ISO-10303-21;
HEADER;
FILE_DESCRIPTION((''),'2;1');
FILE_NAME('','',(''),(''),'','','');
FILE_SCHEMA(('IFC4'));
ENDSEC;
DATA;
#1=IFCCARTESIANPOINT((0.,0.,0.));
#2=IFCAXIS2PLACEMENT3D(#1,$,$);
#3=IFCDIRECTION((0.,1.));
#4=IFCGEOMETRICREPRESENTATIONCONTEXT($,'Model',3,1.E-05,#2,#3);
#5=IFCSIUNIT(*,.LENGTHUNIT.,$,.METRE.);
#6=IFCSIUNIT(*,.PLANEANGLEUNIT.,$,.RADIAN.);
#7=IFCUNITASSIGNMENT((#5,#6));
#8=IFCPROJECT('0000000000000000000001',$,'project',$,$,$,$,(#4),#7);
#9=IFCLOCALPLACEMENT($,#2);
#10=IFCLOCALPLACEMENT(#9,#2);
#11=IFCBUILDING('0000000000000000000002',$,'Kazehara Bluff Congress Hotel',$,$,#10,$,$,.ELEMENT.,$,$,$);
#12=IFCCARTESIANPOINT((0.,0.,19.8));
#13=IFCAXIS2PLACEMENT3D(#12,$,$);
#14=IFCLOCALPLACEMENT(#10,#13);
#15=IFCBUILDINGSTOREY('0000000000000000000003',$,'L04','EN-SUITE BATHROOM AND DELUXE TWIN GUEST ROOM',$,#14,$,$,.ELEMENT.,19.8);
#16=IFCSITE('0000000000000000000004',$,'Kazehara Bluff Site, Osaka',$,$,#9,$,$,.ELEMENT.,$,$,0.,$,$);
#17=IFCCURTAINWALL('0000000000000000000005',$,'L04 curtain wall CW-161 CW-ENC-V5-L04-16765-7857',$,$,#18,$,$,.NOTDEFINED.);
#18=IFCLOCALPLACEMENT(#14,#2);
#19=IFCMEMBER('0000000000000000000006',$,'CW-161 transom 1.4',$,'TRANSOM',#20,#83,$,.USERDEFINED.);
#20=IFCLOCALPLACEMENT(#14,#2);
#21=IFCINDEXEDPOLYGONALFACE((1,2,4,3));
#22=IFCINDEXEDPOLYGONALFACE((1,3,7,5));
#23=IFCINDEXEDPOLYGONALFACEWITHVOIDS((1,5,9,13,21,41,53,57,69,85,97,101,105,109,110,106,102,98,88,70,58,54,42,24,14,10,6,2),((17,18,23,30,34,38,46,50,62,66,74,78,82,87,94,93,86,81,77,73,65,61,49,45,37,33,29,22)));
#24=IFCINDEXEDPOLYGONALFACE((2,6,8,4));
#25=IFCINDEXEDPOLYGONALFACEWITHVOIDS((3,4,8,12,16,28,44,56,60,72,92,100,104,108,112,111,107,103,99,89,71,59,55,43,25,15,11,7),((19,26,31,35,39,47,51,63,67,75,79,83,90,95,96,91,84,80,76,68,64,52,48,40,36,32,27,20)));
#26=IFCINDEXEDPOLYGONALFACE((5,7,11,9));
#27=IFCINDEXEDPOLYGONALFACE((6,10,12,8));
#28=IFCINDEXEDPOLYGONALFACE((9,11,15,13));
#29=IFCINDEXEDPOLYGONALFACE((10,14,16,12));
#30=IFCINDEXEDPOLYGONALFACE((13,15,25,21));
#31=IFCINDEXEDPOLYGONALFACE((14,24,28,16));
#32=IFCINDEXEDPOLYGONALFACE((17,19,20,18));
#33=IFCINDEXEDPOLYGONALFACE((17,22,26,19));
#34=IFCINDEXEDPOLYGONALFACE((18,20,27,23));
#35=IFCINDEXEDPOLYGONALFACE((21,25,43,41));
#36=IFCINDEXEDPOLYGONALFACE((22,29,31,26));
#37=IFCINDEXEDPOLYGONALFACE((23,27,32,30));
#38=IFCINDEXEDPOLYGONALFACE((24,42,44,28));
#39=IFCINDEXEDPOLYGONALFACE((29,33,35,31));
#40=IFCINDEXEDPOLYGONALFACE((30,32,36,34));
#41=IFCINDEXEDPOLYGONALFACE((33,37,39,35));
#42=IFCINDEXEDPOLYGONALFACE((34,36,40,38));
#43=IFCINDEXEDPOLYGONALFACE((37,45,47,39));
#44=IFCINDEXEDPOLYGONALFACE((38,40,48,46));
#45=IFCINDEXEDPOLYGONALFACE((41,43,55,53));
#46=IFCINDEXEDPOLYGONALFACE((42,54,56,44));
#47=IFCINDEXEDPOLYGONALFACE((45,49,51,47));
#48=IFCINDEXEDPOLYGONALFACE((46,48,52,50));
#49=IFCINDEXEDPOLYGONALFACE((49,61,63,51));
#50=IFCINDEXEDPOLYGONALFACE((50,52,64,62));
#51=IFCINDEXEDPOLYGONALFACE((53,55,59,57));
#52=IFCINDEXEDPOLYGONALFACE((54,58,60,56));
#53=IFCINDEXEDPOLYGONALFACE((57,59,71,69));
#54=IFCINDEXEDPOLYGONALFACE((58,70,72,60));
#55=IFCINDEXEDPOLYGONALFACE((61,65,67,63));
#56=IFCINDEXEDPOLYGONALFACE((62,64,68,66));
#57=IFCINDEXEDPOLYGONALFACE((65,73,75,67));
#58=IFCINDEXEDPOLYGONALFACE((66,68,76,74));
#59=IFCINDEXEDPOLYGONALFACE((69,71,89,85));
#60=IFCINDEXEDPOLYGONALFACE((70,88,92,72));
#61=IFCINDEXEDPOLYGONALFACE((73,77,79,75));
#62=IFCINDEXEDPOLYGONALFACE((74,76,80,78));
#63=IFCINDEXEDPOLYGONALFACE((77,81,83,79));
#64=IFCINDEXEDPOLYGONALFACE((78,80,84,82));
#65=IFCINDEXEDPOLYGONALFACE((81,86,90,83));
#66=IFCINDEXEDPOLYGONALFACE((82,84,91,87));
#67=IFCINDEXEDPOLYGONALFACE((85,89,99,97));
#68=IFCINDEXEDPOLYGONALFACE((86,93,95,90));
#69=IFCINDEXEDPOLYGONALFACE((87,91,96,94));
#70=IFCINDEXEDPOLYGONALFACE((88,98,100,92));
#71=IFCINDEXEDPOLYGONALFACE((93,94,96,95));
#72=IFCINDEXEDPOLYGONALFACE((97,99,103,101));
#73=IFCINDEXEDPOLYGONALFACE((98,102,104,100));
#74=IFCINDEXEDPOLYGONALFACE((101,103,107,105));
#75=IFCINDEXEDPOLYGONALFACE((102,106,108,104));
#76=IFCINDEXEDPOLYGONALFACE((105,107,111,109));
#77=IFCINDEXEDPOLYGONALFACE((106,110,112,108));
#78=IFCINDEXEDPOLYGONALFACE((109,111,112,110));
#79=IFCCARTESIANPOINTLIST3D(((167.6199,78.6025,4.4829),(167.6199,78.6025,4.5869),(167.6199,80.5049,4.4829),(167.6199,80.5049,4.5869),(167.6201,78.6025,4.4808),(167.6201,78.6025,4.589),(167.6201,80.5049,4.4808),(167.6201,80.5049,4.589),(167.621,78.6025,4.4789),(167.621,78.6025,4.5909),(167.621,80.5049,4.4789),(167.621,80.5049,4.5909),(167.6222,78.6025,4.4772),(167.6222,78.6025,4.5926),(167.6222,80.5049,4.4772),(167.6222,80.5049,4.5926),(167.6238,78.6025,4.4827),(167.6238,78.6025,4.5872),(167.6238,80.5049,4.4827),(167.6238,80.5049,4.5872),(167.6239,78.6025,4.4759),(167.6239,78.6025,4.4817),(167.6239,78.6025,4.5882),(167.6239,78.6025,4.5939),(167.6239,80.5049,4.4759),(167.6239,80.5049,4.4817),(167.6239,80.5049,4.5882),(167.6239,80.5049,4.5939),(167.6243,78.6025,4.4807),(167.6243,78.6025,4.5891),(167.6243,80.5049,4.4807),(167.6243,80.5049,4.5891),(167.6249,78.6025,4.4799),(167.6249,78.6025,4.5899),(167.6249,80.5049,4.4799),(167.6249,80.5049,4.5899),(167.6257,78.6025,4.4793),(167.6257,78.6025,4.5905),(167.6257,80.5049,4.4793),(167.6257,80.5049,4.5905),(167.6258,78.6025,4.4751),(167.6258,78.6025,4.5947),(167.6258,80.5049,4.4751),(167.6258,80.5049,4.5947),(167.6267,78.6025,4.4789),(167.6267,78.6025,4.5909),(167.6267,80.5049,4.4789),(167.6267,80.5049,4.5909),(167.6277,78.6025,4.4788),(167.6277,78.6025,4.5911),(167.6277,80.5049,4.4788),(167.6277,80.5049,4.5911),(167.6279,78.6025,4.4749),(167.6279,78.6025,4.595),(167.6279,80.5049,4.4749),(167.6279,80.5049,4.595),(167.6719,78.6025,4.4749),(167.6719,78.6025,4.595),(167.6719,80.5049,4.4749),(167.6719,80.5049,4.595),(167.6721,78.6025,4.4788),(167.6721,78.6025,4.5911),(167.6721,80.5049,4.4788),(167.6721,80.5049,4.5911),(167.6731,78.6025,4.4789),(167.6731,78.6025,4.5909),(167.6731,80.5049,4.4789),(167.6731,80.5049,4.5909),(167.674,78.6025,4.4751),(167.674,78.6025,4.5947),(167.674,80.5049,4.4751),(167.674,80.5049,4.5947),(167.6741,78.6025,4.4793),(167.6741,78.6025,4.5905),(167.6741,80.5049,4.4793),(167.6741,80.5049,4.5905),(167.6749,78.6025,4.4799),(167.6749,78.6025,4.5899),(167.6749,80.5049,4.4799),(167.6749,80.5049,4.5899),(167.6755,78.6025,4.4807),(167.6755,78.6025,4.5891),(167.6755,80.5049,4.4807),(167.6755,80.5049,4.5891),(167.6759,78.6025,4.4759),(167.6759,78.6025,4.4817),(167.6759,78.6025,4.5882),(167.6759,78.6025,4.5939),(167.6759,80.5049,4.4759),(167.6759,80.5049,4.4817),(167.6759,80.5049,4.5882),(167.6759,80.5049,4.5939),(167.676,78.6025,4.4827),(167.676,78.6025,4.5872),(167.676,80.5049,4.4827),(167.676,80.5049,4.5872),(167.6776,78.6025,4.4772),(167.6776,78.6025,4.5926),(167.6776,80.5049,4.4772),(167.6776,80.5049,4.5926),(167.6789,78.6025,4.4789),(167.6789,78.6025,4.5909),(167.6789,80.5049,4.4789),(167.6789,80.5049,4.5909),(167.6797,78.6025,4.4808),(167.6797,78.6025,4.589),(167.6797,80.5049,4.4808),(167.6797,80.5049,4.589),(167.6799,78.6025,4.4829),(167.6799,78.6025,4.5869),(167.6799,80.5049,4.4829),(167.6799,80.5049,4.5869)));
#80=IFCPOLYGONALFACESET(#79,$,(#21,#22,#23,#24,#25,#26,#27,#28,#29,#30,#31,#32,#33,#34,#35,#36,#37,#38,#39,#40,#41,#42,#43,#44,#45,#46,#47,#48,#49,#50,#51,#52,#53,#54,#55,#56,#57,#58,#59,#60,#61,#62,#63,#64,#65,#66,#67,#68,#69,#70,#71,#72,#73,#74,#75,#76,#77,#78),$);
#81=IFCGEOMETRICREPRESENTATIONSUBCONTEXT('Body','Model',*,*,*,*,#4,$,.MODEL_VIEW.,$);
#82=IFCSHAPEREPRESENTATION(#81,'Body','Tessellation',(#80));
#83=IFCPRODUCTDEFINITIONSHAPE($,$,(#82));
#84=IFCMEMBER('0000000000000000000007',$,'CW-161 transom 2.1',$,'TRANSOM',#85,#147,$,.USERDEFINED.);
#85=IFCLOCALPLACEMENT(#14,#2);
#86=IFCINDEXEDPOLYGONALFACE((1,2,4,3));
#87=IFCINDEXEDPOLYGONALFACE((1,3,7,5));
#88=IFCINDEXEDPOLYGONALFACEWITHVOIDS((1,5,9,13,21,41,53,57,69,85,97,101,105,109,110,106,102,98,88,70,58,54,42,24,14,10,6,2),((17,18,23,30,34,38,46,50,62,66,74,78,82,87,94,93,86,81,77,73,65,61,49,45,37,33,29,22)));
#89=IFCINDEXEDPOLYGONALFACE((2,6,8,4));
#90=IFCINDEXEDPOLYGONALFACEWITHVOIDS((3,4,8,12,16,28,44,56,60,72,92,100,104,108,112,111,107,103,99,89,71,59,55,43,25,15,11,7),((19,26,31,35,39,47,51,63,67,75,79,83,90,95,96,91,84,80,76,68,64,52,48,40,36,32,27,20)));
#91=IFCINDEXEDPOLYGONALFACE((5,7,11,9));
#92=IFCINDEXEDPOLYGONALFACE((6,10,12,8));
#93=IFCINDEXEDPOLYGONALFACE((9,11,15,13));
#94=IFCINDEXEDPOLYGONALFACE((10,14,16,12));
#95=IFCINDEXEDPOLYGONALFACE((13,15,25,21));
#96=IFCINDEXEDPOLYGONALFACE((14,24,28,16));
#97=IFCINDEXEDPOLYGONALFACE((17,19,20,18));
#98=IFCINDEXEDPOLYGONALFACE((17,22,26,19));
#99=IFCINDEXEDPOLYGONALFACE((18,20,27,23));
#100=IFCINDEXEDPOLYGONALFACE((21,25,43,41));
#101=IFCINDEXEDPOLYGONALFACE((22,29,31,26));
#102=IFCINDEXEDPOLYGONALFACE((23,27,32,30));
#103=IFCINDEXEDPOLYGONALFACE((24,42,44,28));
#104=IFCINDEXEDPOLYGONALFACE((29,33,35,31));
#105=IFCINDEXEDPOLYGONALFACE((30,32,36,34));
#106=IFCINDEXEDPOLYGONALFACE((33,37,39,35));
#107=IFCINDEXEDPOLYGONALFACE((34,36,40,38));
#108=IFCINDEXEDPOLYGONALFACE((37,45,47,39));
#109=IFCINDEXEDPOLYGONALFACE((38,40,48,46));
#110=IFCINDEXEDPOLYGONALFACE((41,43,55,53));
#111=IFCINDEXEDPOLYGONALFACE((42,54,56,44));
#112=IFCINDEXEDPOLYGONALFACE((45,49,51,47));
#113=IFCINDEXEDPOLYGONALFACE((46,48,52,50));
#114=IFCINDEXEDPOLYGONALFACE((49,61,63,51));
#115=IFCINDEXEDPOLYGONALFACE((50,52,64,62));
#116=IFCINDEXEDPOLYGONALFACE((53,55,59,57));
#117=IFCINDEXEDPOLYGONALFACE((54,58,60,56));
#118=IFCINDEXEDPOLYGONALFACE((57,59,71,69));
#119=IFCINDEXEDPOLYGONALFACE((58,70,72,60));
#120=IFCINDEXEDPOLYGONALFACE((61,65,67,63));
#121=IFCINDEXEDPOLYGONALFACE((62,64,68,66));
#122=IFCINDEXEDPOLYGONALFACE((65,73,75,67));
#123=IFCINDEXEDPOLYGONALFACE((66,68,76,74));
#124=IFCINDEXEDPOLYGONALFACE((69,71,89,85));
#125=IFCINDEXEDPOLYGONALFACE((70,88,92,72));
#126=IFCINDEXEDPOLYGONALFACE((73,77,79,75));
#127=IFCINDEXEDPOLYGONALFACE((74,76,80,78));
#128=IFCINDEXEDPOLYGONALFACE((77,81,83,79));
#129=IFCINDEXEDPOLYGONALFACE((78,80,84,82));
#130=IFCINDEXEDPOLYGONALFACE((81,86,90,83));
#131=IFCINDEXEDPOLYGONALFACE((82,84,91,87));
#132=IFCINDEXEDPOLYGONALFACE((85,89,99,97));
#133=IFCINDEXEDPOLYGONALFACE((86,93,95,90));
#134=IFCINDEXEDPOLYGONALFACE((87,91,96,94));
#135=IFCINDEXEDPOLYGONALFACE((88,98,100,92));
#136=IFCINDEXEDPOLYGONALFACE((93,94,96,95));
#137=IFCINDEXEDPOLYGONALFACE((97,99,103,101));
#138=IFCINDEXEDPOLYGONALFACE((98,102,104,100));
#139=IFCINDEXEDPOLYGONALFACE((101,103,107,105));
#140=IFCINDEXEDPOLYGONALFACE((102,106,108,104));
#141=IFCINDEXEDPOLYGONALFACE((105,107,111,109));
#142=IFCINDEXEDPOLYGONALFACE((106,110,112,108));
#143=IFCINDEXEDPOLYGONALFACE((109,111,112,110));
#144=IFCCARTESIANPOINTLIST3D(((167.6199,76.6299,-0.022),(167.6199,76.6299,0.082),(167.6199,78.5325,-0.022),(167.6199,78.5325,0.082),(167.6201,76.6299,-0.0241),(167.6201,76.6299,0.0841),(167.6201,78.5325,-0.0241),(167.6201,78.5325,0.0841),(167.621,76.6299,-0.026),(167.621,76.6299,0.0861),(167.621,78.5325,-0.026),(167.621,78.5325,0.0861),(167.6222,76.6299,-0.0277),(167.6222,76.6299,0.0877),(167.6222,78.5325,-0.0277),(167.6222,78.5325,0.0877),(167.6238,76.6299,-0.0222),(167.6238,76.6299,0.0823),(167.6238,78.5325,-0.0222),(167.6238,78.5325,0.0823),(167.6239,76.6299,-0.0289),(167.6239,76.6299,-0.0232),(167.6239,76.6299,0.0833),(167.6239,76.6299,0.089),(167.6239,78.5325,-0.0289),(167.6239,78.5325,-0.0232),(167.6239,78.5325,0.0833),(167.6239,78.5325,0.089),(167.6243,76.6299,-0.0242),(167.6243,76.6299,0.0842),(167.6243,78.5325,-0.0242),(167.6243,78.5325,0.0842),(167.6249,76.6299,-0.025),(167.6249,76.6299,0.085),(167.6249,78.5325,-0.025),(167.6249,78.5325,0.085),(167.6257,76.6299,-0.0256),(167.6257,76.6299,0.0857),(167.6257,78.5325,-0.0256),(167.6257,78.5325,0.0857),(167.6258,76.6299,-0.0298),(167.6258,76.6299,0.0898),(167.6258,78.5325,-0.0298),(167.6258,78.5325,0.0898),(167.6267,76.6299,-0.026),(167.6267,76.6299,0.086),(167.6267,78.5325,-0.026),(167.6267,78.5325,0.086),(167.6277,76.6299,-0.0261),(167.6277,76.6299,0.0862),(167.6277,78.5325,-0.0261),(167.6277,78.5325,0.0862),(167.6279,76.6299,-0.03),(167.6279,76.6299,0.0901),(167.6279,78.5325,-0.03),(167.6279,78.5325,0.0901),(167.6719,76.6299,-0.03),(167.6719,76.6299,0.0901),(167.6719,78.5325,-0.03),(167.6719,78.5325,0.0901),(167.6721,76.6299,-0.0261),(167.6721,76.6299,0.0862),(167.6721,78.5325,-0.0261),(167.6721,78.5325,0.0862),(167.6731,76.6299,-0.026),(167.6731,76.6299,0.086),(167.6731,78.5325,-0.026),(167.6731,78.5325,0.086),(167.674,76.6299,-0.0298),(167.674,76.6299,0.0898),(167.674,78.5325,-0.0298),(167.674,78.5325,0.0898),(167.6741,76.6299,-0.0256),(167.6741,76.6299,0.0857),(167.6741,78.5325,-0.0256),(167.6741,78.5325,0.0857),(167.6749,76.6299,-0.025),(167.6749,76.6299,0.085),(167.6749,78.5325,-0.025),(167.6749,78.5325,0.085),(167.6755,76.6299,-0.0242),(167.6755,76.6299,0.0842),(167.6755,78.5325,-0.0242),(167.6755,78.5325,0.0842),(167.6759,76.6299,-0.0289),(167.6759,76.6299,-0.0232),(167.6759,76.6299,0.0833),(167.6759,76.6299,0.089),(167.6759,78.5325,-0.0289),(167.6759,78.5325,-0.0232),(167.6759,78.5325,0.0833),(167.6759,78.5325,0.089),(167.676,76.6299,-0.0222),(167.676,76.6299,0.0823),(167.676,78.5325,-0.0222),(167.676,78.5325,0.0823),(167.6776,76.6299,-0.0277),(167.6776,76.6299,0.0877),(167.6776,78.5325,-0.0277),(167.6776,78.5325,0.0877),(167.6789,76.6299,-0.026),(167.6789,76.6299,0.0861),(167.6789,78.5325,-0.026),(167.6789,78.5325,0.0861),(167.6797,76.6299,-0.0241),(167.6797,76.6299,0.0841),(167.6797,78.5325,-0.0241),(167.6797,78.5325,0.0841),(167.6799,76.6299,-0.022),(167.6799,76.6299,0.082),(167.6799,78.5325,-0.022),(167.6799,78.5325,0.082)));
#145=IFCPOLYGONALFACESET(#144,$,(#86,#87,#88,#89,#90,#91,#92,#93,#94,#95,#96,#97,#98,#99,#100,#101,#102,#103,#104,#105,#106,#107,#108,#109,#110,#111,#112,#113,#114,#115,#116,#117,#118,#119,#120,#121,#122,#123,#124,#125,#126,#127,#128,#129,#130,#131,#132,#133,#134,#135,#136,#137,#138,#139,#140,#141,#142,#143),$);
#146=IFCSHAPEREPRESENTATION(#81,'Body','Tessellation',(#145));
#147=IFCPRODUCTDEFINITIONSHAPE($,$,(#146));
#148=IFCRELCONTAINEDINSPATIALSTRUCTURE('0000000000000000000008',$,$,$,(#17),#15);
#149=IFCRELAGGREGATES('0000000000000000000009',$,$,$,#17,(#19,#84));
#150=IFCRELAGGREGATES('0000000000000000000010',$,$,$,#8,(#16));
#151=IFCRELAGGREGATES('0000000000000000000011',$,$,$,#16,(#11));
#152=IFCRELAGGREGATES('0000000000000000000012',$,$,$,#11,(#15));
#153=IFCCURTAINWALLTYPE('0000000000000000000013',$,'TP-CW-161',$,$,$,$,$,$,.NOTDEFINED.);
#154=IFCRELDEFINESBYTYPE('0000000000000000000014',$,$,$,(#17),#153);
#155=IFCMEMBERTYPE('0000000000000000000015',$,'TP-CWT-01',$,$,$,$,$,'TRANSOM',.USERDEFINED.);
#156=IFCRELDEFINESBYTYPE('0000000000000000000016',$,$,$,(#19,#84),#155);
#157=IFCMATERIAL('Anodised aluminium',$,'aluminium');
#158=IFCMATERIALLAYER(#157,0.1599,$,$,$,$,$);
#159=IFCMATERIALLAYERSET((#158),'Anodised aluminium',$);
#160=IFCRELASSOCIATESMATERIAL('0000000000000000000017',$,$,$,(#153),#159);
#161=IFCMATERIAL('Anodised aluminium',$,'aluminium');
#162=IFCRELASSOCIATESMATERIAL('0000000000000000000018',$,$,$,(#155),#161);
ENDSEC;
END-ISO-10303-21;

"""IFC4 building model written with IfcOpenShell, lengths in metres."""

from ifc_helpers import new_model, si_unit, direction, frame, origin, origin_2d, place, context, subcontext, project, spatial, hollow_rectangle, extrude, material, layer, layer_set, material_profile, profile_set, type_object, element, aggregate, save


model = new_model("IFC4")

# Units and contexts
model_context = context("Model", 3, precision=1e-05, world=origin(), true_north=direction((0.0, 1.0)))
body_context = subcontext(model_context, "Body", "Model", "MODEL_VIEW")
ifc_project = project(units=[si_unit("LENGTHUNIT", "METRE"), si_unit("PLANEANGLEUNIT", "RADIAN")], contexts=[model_context])

# Site, building, storey
site_placement = place(None, origin())
site = spatial("IfcSite", under=ifc_project, at=site_placement, Name="Kazehara Bluff Site, Osaka", CompositionType="ELEMENT", RefElevation=0.0)
building_placement = place(site_placement, origin())
building = spatial("IfcBuilding", under=site, at=building_placement, Name="Kazehara Bluff Congress Hotel", CompositionType="ELEMENT")
storey_placement = place(building_placement, frame((0.0, 0.0, 19.8)))
storey = spatial("IfcBuildingStorey", under=building, at=storey_placement, Name="L04", Description="EN-SUITE BATHROOM AND DELUXE TWIN GUEST ROOM", CompositionType="ELEMENT", Elevation=19.8)

# Curtain wall, members
ifc_material_1 = material(Name="Anodised aluminium", Category="aluminium")
ifc_layer_1 = layer(ifc_material_1, 0.1599)
ifc_layer_set_1 = layer_set([ifc_layer_1], Name="Anodised aluminium")
curtain_wall_type_1 = type_object("IfcCurtainWallType", Name="TP-CW-161", PredefinedType="NOTDEFINED", material=ifc_layer_set_1)
curtain_wall_1_placement = place(storey_placement, origin())
curtain_wall_1 = element("IfcCurtainWall", 1, at=curtain_wall_1_placement, inside=storey, type_object=curtain_wall_type_1, Name="L04 curtain wall CW-161 CW-ENC-V5-L04-16765-7857", PredefinedType="NOTDEFINED")
ifc_material_2 = material(Name="Anodised aluminium", Category="aluminium")
ifc_material_profile_1 = material_profile(ifc_material_2, hollow_rectangle(XDim=0.0601, YDim=0.1201, WallThickness=0.0039, InnerFilletRadius=0.0039, OuterFilletRadius=0.0081, at=origin_2d()))
ifc_profile_set_1 = profile_set([ifc_material_profile_1], Name="Anodised aluminium")
member_type_1 = type_object("IfcMemberType", Name="TP-CWT-01", ElementType="TRANSOM", PredefinedType="USERDEFINED", material=ifc_profile_set_1)
member_1_placement = place(storey_placement, frame((167.6499, 80.5049, 4.5349), z_axis=(0.0, -1.0, 0.0), x_axis=(1.0, 0.0, 0.0)))
member_1 = element("IfcMember", 2, at=member_1_placement, type_object=member_type_1, Name="CW-161 transom 1.4", ObjectType="TRANSOM", PredefinedType="USERDEFINED", context=body_context, shape_type="SweptSolid", body=[
    extrude(hollow_rectangle(XDim=0.0601, YDim=0.1201, WallThickness=0.0039, InnerFilletRadius=0.0039, OuterFilletRadius=0.0081, at=origin_2d()), origin(), (0.0, 0.0, 1.0), 1.9023),
])
member_2_placement = place(storey_placement, frame((167.6499, 78.5325, 0.03), z_axis=(0.0, -1.0, 0.0), x_axis=(1.0, 0.0, 0.0)))
member_2 = element("IfcMember", 3, at=member_2_placement, type_object=member_type_1, Name="CW-161 transom 2.1", ObjectType="TRANSOM", PredefinedType="USERDEFINED", context=body_context, shape_type="SweptSolid", body=[
    extrude(hollow_rectangle(XDim=0.0601, YDim=0.1201, WallThickness=0.0039, InnerFilletRadius=0.0039, OuterFilletRadius=0.0081, at=origin_2d()), origin(), (0.0, 0.0, 1.0), 1.9026),
])

aggregate(curtain_wall_1, [member_1, member_2])

save(model, "model.ifc")
